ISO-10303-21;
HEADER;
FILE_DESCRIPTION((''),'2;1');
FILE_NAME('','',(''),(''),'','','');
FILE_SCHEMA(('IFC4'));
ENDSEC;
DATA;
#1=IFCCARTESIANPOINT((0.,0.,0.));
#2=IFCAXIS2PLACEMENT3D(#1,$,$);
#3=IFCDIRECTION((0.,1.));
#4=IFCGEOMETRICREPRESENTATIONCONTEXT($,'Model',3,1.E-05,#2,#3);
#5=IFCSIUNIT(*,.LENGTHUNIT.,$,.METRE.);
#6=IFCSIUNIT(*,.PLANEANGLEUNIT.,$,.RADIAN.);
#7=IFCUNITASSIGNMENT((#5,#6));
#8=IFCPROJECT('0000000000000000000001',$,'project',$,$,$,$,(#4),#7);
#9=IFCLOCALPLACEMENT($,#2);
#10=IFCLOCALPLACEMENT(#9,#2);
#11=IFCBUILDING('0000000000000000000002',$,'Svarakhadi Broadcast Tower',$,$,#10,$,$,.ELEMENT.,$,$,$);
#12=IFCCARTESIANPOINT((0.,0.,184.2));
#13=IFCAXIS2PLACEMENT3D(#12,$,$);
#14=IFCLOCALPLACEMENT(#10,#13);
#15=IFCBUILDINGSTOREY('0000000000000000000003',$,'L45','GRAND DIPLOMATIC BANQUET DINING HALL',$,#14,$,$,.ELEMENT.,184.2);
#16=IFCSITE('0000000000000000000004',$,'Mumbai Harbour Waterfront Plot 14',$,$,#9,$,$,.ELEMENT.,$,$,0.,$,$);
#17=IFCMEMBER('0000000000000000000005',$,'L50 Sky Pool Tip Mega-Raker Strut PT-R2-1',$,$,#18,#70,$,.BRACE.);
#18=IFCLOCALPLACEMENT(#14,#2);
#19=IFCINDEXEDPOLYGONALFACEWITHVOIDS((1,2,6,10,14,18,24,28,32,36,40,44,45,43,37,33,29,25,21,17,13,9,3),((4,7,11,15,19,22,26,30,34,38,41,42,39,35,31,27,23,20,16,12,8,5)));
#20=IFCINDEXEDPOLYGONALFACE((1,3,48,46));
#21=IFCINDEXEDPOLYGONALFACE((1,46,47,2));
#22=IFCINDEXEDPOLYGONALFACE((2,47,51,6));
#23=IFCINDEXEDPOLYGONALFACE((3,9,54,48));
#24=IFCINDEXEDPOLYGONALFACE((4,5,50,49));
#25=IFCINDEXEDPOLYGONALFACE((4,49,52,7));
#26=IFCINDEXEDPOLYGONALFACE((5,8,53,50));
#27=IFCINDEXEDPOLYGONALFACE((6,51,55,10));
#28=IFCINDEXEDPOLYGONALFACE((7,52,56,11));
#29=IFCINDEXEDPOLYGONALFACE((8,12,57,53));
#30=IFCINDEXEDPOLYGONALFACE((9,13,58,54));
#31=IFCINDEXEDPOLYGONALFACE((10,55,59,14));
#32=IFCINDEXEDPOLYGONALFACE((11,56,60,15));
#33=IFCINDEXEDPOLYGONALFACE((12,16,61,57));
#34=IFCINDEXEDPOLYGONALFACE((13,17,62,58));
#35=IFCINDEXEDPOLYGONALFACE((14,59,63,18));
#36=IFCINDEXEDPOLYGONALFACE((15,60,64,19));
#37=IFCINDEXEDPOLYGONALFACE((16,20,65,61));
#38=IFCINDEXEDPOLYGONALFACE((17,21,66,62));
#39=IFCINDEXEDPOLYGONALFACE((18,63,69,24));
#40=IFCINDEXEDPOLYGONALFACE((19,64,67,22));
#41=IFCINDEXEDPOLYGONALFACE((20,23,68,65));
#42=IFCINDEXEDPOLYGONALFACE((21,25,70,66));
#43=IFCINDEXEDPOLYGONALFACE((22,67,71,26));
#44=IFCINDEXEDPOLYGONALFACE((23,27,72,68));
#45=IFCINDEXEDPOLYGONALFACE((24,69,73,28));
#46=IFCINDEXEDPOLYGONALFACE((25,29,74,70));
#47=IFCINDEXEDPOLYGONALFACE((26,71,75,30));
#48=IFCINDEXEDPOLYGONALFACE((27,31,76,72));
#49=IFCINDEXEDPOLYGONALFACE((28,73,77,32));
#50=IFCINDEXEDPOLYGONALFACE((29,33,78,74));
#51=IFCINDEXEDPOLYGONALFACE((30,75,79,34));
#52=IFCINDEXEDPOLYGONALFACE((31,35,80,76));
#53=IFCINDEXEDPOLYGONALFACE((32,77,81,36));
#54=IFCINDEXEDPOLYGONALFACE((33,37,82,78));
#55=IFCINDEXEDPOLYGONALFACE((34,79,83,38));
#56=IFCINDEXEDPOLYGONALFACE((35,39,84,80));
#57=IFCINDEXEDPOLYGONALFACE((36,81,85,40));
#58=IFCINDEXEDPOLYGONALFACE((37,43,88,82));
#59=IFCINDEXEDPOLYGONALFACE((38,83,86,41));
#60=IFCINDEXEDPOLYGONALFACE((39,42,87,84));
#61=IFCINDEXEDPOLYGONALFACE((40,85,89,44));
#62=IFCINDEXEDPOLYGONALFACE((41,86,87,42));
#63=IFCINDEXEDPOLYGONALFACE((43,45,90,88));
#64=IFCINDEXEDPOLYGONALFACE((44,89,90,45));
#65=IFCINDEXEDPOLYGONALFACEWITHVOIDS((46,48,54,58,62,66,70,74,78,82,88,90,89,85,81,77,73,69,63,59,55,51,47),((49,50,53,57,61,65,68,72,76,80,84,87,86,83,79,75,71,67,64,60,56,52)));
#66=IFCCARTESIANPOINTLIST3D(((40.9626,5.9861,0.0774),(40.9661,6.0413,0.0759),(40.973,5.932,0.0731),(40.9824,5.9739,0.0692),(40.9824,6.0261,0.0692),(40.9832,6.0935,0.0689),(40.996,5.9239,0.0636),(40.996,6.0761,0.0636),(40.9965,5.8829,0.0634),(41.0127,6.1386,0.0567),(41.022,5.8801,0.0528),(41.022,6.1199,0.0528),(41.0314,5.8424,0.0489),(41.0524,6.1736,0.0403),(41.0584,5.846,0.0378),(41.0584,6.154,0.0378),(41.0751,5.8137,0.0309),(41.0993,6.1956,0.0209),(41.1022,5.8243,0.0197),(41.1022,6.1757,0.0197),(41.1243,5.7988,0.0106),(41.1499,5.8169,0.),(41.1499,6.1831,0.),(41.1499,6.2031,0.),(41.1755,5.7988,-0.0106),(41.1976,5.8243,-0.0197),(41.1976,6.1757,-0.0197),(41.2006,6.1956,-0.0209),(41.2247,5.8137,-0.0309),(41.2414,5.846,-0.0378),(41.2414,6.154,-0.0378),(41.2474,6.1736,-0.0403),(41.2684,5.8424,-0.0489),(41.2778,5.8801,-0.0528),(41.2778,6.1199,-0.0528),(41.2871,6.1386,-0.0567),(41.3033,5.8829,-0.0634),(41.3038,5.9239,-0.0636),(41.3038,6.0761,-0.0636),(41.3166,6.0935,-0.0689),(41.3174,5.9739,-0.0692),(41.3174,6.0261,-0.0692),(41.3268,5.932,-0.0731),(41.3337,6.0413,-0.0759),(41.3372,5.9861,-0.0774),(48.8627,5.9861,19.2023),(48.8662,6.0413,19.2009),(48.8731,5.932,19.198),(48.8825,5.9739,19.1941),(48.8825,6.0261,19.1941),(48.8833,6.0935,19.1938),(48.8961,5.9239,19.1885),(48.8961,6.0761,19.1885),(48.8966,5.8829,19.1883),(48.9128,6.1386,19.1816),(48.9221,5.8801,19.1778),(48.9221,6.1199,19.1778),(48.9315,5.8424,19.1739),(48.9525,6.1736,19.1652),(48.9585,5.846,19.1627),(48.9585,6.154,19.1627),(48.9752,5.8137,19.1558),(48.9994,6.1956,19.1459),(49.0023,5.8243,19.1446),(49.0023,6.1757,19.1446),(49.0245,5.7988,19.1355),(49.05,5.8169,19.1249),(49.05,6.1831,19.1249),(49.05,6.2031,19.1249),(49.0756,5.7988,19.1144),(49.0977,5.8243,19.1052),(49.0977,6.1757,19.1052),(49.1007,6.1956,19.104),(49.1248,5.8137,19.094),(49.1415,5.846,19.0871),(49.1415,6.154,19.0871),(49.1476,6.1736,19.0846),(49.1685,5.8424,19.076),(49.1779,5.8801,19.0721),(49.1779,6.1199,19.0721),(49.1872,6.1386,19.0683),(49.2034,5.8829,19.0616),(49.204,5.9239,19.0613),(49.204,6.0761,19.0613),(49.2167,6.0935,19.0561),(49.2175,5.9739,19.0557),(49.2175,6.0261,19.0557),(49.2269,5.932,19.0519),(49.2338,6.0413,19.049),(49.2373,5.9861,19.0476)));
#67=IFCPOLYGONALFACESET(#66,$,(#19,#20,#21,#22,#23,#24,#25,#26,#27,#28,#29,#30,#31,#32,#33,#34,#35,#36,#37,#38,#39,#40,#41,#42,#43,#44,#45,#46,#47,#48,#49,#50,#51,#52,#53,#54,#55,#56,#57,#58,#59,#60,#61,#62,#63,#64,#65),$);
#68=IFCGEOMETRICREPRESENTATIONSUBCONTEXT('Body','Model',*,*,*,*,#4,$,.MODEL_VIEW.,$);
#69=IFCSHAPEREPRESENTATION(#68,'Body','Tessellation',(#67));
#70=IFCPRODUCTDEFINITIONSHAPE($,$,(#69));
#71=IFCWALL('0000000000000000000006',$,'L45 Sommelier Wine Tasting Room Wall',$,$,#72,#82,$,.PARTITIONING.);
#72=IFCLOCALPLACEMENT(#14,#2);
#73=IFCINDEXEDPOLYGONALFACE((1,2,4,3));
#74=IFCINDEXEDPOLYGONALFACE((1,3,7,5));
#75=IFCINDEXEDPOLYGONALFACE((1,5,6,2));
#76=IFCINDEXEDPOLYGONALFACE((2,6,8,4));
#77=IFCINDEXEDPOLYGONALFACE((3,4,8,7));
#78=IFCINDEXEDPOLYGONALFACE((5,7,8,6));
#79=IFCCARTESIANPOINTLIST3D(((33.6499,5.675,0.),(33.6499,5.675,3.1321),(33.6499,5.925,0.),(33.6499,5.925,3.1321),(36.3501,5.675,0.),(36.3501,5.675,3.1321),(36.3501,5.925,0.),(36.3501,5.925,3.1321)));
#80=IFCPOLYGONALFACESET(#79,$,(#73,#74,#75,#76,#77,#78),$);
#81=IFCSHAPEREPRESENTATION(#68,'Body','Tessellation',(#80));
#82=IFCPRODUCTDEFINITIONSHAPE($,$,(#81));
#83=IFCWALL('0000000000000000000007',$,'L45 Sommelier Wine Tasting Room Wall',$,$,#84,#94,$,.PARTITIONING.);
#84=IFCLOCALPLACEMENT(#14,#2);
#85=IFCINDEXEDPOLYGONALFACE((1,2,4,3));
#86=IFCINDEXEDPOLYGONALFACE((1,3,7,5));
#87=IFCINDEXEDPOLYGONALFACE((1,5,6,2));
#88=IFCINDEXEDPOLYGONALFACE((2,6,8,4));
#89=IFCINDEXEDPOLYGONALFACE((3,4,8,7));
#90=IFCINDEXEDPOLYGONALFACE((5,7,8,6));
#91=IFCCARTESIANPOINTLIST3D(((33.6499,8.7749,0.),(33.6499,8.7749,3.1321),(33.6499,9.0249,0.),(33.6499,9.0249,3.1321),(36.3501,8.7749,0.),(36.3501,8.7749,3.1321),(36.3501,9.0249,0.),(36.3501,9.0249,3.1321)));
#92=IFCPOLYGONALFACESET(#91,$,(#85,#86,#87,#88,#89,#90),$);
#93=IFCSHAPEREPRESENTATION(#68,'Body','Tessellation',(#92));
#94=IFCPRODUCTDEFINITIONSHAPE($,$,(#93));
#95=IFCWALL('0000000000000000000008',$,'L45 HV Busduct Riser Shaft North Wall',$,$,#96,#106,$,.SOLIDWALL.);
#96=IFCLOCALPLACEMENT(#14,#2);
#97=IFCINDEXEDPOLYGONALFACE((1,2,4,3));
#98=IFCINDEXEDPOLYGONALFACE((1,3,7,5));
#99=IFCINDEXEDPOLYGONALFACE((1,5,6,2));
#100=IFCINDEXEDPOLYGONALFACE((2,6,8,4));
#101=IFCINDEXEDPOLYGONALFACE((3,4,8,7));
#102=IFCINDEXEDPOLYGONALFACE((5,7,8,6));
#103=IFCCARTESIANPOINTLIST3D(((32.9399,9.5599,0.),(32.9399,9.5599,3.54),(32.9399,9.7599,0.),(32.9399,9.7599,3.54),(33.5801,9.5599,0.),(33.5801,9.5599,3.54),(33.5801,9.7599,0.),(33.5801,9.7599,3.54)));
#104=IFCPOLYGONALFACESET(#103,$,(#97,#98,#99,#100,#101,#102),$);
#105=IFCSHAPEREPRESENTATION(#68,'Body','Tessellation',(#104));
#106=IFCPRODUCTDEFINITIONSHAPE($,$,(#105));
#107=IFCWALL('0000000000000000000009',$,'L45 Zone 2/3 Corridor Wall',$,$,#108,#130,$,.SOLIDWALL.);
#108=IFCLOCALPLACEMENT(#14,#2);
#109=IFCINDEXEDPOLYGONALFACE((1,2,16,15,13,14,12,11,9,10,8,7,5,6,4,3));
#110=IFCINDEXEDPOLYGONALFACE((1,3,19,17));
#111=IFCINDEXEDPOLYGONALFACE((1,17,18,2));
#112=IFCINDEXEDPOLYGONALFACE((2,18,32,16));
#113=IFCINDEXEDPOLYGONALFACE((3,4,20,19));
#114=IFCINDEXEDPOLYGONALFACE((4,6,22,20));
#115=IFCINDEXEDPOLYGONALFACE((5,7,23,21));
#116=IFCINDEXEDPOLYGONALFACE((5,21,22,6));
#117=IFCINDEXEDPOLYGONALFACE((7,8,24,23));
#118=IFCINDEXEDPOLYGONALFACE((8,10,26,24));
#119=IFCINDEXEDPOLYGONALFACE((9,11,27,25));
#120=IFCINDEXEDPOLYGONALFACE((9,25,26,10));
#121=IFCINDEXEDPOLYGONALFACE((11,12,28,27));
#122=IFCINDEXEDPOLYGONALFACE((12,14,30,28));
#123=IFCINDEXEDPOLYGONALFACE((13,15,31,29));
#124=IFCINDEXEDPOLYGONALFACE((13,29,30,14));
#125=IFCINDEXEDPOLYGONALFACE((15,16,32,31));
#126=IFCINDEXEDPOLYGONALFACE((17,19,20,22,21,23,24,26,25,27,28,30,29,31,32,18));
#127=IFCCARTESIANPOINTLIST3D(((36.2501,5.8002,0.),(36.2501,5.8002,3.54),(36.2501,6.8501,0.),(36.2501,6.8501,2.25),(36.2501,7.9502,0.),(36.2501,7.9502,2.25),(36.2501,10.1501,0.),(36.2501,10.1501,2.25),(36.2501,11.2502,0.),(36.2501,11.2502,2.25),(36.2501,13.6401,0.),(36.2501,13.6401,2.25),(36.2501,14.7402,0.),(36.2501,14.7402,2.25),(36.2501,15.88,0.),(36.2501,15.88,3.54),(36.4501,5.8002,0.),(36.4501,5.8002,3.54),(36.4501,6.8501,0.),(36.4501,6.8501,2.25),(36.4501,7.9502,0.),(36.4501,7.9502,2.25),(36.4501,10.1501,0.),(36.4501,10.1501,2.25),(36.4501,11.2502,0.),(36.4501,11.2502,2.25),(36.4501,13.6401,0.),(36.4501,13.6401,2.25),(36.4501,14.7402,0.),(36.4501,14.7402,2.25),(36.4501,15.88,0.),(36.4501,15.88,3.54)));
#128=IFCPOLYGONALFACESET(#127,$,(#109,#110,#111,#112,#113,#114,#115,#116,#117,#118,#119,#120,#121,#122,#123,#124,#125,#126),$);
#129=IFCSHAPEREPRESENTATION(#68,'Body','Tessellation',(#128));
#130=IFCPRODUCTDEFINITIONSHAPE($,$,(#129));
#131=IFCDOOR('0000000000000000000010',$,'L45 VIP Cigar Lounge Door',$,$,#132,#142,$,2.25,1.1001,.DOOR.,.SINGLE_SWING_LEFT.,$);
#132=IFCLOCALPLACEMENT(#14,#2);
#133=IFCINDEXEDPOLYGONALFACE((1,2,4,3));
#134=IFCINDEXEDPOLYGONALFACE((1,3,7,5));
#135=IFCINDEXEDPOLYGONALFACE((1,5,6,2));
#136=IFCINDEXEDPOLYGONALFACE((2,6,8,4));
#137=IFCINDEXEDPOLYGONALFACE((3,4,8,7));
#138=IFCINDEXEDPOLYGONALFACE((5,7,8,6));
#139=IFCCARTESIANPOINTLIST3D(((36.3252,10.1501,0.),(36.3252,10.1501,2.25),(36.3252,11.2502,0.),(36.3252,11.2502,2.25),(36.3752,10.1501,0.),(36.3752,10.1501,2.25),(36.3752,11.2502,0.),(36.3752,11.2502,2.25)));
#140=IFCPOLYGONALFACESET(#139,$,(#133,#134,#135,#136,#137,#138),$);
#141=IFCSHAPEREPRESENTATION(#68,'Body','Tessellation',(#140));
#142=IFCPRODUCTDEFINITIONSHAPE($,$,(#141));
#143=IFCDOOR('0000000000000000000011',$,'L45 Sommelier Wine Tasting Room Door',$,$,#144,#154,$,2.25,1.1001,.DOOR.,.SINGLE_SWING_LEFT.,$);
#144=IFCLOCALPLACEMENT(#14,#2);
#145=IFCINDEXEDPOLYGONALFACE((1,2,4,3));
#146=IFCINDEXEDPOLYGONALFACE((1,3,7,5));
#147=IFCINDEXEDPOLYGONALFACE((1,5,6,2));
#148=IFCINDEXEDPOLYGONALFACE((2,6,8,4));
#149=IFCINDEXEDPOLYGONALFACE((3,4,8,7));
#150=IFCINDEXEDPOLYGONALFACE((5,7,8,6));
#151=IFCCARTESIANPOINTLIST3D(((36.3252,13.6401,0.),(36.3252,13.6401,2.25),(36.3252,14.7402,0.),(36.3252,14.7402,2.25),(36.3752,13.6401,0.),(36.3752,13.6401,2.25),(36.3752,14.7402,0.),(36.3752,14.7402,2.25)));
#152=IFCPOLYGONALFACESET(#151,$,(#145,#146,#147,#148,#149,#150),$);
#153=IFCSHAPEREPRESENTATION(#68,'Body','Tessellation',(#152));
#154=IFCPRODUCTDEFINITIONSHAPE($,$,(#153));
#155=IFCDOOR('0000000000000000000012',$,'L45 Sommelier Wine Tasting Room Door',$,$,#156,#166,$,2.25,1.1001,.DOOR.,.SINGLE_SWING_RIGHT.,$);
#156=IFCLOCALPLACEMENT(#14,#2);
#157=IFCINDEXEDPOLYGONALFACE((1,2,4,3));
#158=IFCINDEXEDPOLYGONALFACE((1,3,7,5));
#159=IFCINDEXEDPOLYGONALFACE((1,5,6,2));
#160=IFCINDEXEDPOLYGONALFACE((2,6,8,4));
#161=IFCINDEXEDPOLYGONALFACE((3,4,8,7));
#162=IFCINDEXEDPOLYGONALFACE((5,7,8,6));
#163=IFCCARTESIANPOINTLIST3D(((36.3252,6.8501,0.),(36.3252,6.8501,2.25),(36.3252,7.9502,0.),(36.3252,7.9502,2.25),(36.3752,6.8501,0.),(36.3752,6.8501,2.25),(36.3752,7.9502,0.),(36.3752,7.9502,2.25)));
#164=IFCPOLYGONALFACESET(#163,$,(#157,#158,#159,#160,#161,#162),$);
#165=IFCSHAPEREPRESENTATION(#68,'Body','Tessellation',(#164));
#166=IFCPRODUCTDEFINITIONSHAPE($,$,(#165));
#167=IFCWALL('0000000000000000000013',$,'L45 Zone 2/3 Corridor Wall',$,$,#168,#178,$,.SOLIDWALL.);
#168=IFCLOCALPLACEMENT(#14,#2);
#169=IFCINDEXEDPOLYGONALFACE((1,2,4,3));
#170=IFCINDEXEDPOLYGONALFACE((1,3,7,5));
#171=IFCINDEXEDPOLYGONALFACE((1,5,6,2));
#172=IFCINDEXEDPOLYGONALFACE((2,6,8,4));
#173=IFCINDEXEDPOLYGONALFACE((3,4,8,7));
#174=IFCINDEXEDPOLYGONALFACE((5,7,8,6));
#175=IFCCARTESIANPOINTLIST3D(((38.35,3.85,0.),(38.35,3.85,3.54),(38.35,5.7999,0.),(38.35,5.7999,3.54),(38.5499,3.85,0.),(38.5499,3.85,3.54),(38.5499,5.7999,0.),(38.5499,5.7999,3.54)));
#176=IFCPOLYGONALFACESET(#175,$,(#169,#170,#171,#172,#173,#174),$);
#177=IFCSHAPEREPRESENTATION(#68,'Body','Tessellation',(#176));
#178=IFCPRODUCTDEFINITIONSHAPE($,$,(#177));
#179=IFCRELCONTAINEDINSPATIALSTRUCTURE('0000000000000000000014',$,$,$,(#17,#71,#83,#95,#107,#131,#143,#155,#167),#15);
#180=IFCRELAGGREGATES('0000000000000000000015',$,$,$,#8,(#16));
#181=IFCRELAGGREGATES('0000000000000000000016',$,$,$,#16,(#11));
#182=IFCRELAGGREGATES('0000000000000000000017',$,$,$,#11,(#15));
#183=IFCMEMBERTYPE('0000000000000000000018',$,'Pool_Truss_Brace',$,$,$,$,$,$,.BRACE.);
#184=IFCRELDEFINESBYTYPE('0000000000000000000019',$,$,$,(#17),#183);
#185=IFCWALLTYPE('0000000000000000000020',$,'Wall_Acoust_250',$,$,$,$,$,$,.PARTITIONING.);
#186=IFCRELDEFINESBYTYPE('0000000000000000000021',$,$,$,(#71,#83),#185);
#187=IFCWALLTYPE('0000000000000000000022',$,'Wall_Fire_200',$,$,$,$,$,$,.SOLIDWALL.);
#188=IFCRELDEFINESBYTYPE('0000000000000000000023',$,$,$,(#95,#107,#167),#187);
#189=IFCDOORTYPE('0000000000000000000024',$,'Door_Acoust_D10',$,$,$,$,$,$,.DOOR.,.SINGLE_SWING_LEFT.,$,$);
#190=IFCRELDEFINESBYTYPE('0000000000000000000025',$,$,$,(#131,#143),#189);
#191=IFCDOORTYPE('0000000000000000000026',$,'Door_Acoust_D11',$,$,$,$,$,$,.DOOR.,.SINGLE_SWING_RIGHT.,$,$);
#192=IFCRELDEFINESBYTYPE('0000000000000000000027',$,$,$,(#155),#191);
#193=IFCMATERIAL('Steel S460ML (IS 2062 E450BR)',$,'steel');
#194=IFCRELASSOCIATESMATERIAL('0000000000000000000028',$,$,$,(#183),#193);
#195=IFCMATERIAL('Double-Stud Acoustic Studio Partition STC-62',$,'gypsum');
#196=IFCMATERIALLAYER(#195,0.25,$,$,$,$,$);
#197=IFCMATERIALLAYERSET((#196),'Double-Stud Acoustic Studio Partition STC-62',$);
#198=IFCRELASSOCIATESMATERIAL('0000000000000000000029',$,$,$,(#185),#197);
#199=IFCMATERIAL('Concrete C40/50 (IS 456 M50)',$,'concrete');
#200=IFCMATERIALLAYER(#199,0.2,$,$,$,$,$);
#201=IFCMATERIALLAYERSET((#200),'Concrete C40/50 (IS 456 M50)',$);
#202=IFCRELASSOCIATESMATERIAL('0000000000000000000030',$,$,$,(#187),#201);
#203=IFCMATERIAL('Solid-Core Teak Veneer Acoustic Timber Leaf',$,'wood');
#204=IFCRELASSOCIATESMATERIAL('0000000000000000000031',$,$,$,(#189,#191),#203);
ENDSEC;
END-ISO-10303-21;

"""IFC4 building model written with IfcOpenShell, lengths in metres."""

from ifc_helpers import new_model, si_unit, direction, frame, frame_2d, origin, origin_2d, place, context, subcontext, project, spatial, rectangle, hollow_circle, extrude, material, layer, layer_set, material_profile, profile_set, type_object, element, fill, save


model = new_model("IFC4")

# Units and contexts
model_context = context("Model", 3, precision=1e-05, world=origin(), true_north=direction((0.0, 1.0)))
body_context = subcontext(model_context, "Body", "Model", "MODEL_VIEW")
ifc_project = project(units=[si_unit("LENGTHUNIT", "METRE"), si_unit("PLANEANGLEUNIT", "RADIAN")], contexts=[model_context])

# Site, building, storey
site_placement = place(None, origin())
site = spatial("IfcSite", under=ifc_project, at=site_placement, Name="Mumbai Harbour Waterfront Plot 14", CompositionType="ELEMENT", RefElevation=0.0)
building_placement = place(site_placement, origin())
building = spatial("IfcBuilding", under=site, at=building_placement, Name="Svarakhadi Broadcast Tower", CompositionType="ELEMENT")
storey_placement = place(building_placement, frame((0.0, 0.0, 184.2)))
storey = spatial("IfcBuildingStorey", under=building, at=storey_placement, Name="L45", Description="GRAND DIPLOMATIC BANQUET DINING HALL", CompositionType="ELEMENT", Elevation=184.2)

# Shared definitions
ifc_material_1 = material(Name="Steel S460ML (IS 2062 E450BR)", Category="steel")

# Member
ifc_material_profile_1 = material_profile(ifc_material_1, hollow_circle(Radius=0.2031, WallThickness=0.02, at=origin_2d()), Name="CHS 406.4x20")
ifc_profile_set_1 = profile_set([ifc_material_profile_1], Name="Steel S460ML (IS 2062 E450BR)")
member_type_1 = type_object("IfcMemberType", Name="Pool_Truss_Brace", PredefinedType="BRACE", material=ifc_profile_set_1)
member_1_placement = place(storey_placement, frame((41.1499, 6.0, 0.0), z_axis=(0.381789, 0.0, 0.92425), x_axis=(0.0, 1.0, 0.0)))
element("IfcMember", 1, at=member_1_placement, inside=storey, type_object=member_type_1, Name="L50 Sky Pool Tip Mega-Raker Strut PT-R2-1", PredefinedType="BRACE", context=body_context, shape_type="SweptSolid", body=[
    extrude(hollow_circle(Radius=0.2031, WallThickness=0.02, at=origin_2d()), origin(), (0.0, 0.0, 1.0), 20.6924),
])

# Walls
ifc_material_2 = material(Name="Double-Stud Acoustic Studio Partition STC-62", Category="gypsum")
ifc_layer_1 = layer(ifc_material_2, 0.25)
ifc_layer_set_1 = layer_set([ifc_layer_1], Name="Double-Stud Acoustic Studio Partition STC-62")
wall_type_1 = type_object("IfcWallType", Name="Wall_Acoust_250", PredefinedType="PARTITIONING", material=ifc_layer_set_1)
for number, where, z_axis, x_axis, name in (
    (2, (33.6499, 5.8, 0.0), (0.0, 0.0, 1.0), (1.0, 0.0, 0.0), "L45 Sommelier Wine Tasting Room Wall"),
    (3, (33.6499, 8.8999, 0.0), (0.0, 0.0, 1.0), (1.0, 0.0, 0.0), "L45 Sommelier Wine Tasting Room Wall"),
):
    element("IfcWall", number, at=place(storey_placement, frame(where, z_axis=z_axis, x_axis=x_axis)), inside=storey, type_object=wall_type_1, Name=name, PredefinedType="PARTITIONING", context=body_context, shape_type="SweptSolid", body=[
        extrude(rectangle(XDim=2.7002, YDim=0.25, at=frame_2d((1.3501, 0.0))), origin(), (0.0, 0.0, 1.0), 3.1321),
    ])
ifc_material_3 = material(Name="Concrete C40/50 (IS 456 M50)", Category="concrete")
ifc_layer_2 = layer(ifc_material_3, 0.2)
ifc_layer_set_2 = layer_set([ifc_layer_2], Name="Concrete C40/50 (IS 456 M50)")
wall_type_2 = type_object("IfcWallType", Name="Wall_Fire_200", PredefinedType="SOLIDWALL", material=ifc_layer_set_2)
wall_1_placement = place(storey_placement, frame((32.9399, 9.6599, 0.0), z_axis=(0.0, 0.0, 1.0), x_axis=(1.0, 0.0, 0.0)))
element("IfcWall", 4, at=wall_1_placement, inside=storey, type_object=wall_type_2, Name="L45 HV Busduct Riser Shaft North Wall", PredefinedType="SOLIDWALL", context=body_context, shape_type="SweptSolid", body=[
    extrude(rectangle(XDim=0.6401, YDim=0.2, at=frame_2d((0.3201, 0.0))), origin(), (0.0, 0.0, 1.0), 3.54),
])

# Wall, openings, doors
wall_2_placement = place(storey_placement, frame((36.3501, 5.8, 0.0), z_axis=(0.0, 0.0, 1.0), x_axis=(0.0, 1.0, 0.0)))
wall_2 = element("IfcWall", 5, at=wall_2_placement, inside=storey, type_object=wall_type_2, Name="L45 Zone 2/3 Corridor Wall", PredefinedType="SOLIDWALL", context=body_context, shape_type="SweptSolid", body=[
    extrude(rectangle(XDim=10.0798, YDim=0.2, at=frame_2d((5.04, 0.0))), origin(), (0.0, 0.0, 1.0), 3.54),
])
opening_1_placement = place(wall_2_placement, frame((1.05, 0.0, 0.0)))
opening_1 = element("IfcOpeningElement", 6, at=opening_1_placement, cuts=wall_2, PredefinedType="OPENING", context=body_context, shape_type="SweptSolid", body=[
    extrude(rectangle(XDim=1.1001, YDim=2.25, at=frame_2d((0.55, 1.125))), frame((0.0, 0.1099, 0.0), z_axis=(0.0, -1.0, 0.0), x_axis=(1.0, 0.0, 0.0)), (0.0, 0.0, 1.0), 0.22),
])
opening_2_placement = place(wall_2_placement, frame((4.3501, 0.0, 0.0)))
opening_2 = element("IfcOpeningElement", 7, at=opening_2_placement, cuts=wall_2, PredefinedType="OPENING", context=body_context, shape_type="SweptSolid", body=[
    extrude(rectangle(XDim=1.1001, YDim=2.25, at=frame_2d((0.55, 1.125))), frame((0.0, 0.1099, 0.0), z_axis=(0.0, -1.0, 0.0), x_axis=(1.0, 0.0, 0.0)), (0.0, 0.0, 1.0), 0.22),
])
opening_3_placement = place(wall_2_placement, frame((7.8401, 0.0, 0.0)))
opening_3 = element("IfcOpeningElement", 8, at=opening_3_placement, cuts=wall_2, PredefinedType="OPENING", context=body_context, shape_type="SweptSolid", body=[
    extrude(rectangle(XDim=1.1001, YDim=2.25, at=frame_2d((0.55, 1.125))), frame((0.0, 0.1099, 0.0), z_axis=(0.0, -1.0, 0.0), x_axis=(1.0, 0.0, 0.0)), (0.0, 0.0, 1.0), 0.22),
])
ifc_material_4 = material(Name="Solid-Core Teak Veneer Acoustic Timber Leaf", Category="wood")
door_type_1 = type_object("IfcDoorType", Name="Door_Acoust_D10", OperationType="SINGLE_SWING_LEFT", PredefinedType="DOOR", material=ifc_material_4)
door_1_placement = place(opening_2_placement, origin())
door_1 = element("IfcDoor", 9, at=door_1_placement, inside=storey, type_object=door_type_1, Name="L45 VIP Cigar Lounge Door", OperationType="SINGLE_SWING_LEFT", OverallHeight=2.25, OverallWidth=1.1001, PredefinedType="DOOR", context=body_context, shape_type="SweptSolid", body=[
    extrude(rectangle(XDim=1.1001, YDim=2.25, at=frame_2d((0.55, 1.125))), frame((0.0, 0.0249, 0.0), z_axis=(0.0, -1.0, 0.0), x_axis=(1.0, 0.0, 0.0)), (0.0, 0.0, 1.0), 0.05),
])
fill(opening_2, door_1)
door_2_placement = place(opening_3_placement, origin())
door_2 = element("IfcDoor", 10, at=door_2_placement, inside=storey, type_object=door_type_1, Name="L45 Sommelier Wine Tasting Room Door", OperationType="SINGLE_SWING_LEFT", OverallHeight=2.25, OverallWidth=1.1001, PredefinedType="DOOR", context=body_context, shape_type="SweptSolid", body=[
    extrude(rectangle(XDim=1.1001, YDim=2.25, at=frame_2d((0.55, 1.125))), frame((0.0, 0.0249, 0.0), z_axis=(0.0, -1.0, 0.0), x_axis=(1.0, 0.0, 0.0)), (0.0, 0.0, 1.0), 0.05),
])
fill(opening_3, door_2)
door_type_2 = type_object("IfcDoorType", Name="Door_Acoust_D11", OperationType="SINGLE_SWING_RIGHT", PredefinedType="DOOR", material=ifc_material_4)
door_3_placement = place(opening_1_placement, origin())
door_3 = element("IfcDoor", 11, at=door_3_placement, inside=storey, type_object=door_type_2, Name="L45 Sommelier Wine Tasting Room Door", OperationType="SINGLE_SWING_RIGHT", OverallHeight=2.25, OverallWidth=1.1001, PredefinedType="DOOR", context=body_context, shape_type="SweptSolid", body=[
    extrude(rectangle(XDim=1.1001, YDim=2.25, at=frame_2d((0.55, 1.125))), frame((0.0, 0.0249, 0.0), z_axis=(0.0, -1.0, 0.0), x_axis=(1.0, 0.0, 0.0)), (0.0, 0.0, 1.0), 0.05),
])
fill(opening_1, door_3)

# Wall
wall_3_placement = place(storey_placement, frame((38.45, 5.8, 0.0), z_axis=(0.0, 0.0, 1.0), x_axis=(0.0, -1.0, 0.0)))
element("IfcWall", 12, at=wall_3_placement, inside=storey, type_object=wall_type_2, Name="L45 Zone 2/3 Corridor Wall", PredefinedType="SOLIDWALL", context=body_context, shape_type="SweptSolid", body=[
    extrude(rectangle(XDim=1.95, YDim=0.2, at=frame_2d((0.9751, 0.0))), origin(), (0.0, 0.0, 1.0), 3.54),
])

save(model, "model.ifc")
